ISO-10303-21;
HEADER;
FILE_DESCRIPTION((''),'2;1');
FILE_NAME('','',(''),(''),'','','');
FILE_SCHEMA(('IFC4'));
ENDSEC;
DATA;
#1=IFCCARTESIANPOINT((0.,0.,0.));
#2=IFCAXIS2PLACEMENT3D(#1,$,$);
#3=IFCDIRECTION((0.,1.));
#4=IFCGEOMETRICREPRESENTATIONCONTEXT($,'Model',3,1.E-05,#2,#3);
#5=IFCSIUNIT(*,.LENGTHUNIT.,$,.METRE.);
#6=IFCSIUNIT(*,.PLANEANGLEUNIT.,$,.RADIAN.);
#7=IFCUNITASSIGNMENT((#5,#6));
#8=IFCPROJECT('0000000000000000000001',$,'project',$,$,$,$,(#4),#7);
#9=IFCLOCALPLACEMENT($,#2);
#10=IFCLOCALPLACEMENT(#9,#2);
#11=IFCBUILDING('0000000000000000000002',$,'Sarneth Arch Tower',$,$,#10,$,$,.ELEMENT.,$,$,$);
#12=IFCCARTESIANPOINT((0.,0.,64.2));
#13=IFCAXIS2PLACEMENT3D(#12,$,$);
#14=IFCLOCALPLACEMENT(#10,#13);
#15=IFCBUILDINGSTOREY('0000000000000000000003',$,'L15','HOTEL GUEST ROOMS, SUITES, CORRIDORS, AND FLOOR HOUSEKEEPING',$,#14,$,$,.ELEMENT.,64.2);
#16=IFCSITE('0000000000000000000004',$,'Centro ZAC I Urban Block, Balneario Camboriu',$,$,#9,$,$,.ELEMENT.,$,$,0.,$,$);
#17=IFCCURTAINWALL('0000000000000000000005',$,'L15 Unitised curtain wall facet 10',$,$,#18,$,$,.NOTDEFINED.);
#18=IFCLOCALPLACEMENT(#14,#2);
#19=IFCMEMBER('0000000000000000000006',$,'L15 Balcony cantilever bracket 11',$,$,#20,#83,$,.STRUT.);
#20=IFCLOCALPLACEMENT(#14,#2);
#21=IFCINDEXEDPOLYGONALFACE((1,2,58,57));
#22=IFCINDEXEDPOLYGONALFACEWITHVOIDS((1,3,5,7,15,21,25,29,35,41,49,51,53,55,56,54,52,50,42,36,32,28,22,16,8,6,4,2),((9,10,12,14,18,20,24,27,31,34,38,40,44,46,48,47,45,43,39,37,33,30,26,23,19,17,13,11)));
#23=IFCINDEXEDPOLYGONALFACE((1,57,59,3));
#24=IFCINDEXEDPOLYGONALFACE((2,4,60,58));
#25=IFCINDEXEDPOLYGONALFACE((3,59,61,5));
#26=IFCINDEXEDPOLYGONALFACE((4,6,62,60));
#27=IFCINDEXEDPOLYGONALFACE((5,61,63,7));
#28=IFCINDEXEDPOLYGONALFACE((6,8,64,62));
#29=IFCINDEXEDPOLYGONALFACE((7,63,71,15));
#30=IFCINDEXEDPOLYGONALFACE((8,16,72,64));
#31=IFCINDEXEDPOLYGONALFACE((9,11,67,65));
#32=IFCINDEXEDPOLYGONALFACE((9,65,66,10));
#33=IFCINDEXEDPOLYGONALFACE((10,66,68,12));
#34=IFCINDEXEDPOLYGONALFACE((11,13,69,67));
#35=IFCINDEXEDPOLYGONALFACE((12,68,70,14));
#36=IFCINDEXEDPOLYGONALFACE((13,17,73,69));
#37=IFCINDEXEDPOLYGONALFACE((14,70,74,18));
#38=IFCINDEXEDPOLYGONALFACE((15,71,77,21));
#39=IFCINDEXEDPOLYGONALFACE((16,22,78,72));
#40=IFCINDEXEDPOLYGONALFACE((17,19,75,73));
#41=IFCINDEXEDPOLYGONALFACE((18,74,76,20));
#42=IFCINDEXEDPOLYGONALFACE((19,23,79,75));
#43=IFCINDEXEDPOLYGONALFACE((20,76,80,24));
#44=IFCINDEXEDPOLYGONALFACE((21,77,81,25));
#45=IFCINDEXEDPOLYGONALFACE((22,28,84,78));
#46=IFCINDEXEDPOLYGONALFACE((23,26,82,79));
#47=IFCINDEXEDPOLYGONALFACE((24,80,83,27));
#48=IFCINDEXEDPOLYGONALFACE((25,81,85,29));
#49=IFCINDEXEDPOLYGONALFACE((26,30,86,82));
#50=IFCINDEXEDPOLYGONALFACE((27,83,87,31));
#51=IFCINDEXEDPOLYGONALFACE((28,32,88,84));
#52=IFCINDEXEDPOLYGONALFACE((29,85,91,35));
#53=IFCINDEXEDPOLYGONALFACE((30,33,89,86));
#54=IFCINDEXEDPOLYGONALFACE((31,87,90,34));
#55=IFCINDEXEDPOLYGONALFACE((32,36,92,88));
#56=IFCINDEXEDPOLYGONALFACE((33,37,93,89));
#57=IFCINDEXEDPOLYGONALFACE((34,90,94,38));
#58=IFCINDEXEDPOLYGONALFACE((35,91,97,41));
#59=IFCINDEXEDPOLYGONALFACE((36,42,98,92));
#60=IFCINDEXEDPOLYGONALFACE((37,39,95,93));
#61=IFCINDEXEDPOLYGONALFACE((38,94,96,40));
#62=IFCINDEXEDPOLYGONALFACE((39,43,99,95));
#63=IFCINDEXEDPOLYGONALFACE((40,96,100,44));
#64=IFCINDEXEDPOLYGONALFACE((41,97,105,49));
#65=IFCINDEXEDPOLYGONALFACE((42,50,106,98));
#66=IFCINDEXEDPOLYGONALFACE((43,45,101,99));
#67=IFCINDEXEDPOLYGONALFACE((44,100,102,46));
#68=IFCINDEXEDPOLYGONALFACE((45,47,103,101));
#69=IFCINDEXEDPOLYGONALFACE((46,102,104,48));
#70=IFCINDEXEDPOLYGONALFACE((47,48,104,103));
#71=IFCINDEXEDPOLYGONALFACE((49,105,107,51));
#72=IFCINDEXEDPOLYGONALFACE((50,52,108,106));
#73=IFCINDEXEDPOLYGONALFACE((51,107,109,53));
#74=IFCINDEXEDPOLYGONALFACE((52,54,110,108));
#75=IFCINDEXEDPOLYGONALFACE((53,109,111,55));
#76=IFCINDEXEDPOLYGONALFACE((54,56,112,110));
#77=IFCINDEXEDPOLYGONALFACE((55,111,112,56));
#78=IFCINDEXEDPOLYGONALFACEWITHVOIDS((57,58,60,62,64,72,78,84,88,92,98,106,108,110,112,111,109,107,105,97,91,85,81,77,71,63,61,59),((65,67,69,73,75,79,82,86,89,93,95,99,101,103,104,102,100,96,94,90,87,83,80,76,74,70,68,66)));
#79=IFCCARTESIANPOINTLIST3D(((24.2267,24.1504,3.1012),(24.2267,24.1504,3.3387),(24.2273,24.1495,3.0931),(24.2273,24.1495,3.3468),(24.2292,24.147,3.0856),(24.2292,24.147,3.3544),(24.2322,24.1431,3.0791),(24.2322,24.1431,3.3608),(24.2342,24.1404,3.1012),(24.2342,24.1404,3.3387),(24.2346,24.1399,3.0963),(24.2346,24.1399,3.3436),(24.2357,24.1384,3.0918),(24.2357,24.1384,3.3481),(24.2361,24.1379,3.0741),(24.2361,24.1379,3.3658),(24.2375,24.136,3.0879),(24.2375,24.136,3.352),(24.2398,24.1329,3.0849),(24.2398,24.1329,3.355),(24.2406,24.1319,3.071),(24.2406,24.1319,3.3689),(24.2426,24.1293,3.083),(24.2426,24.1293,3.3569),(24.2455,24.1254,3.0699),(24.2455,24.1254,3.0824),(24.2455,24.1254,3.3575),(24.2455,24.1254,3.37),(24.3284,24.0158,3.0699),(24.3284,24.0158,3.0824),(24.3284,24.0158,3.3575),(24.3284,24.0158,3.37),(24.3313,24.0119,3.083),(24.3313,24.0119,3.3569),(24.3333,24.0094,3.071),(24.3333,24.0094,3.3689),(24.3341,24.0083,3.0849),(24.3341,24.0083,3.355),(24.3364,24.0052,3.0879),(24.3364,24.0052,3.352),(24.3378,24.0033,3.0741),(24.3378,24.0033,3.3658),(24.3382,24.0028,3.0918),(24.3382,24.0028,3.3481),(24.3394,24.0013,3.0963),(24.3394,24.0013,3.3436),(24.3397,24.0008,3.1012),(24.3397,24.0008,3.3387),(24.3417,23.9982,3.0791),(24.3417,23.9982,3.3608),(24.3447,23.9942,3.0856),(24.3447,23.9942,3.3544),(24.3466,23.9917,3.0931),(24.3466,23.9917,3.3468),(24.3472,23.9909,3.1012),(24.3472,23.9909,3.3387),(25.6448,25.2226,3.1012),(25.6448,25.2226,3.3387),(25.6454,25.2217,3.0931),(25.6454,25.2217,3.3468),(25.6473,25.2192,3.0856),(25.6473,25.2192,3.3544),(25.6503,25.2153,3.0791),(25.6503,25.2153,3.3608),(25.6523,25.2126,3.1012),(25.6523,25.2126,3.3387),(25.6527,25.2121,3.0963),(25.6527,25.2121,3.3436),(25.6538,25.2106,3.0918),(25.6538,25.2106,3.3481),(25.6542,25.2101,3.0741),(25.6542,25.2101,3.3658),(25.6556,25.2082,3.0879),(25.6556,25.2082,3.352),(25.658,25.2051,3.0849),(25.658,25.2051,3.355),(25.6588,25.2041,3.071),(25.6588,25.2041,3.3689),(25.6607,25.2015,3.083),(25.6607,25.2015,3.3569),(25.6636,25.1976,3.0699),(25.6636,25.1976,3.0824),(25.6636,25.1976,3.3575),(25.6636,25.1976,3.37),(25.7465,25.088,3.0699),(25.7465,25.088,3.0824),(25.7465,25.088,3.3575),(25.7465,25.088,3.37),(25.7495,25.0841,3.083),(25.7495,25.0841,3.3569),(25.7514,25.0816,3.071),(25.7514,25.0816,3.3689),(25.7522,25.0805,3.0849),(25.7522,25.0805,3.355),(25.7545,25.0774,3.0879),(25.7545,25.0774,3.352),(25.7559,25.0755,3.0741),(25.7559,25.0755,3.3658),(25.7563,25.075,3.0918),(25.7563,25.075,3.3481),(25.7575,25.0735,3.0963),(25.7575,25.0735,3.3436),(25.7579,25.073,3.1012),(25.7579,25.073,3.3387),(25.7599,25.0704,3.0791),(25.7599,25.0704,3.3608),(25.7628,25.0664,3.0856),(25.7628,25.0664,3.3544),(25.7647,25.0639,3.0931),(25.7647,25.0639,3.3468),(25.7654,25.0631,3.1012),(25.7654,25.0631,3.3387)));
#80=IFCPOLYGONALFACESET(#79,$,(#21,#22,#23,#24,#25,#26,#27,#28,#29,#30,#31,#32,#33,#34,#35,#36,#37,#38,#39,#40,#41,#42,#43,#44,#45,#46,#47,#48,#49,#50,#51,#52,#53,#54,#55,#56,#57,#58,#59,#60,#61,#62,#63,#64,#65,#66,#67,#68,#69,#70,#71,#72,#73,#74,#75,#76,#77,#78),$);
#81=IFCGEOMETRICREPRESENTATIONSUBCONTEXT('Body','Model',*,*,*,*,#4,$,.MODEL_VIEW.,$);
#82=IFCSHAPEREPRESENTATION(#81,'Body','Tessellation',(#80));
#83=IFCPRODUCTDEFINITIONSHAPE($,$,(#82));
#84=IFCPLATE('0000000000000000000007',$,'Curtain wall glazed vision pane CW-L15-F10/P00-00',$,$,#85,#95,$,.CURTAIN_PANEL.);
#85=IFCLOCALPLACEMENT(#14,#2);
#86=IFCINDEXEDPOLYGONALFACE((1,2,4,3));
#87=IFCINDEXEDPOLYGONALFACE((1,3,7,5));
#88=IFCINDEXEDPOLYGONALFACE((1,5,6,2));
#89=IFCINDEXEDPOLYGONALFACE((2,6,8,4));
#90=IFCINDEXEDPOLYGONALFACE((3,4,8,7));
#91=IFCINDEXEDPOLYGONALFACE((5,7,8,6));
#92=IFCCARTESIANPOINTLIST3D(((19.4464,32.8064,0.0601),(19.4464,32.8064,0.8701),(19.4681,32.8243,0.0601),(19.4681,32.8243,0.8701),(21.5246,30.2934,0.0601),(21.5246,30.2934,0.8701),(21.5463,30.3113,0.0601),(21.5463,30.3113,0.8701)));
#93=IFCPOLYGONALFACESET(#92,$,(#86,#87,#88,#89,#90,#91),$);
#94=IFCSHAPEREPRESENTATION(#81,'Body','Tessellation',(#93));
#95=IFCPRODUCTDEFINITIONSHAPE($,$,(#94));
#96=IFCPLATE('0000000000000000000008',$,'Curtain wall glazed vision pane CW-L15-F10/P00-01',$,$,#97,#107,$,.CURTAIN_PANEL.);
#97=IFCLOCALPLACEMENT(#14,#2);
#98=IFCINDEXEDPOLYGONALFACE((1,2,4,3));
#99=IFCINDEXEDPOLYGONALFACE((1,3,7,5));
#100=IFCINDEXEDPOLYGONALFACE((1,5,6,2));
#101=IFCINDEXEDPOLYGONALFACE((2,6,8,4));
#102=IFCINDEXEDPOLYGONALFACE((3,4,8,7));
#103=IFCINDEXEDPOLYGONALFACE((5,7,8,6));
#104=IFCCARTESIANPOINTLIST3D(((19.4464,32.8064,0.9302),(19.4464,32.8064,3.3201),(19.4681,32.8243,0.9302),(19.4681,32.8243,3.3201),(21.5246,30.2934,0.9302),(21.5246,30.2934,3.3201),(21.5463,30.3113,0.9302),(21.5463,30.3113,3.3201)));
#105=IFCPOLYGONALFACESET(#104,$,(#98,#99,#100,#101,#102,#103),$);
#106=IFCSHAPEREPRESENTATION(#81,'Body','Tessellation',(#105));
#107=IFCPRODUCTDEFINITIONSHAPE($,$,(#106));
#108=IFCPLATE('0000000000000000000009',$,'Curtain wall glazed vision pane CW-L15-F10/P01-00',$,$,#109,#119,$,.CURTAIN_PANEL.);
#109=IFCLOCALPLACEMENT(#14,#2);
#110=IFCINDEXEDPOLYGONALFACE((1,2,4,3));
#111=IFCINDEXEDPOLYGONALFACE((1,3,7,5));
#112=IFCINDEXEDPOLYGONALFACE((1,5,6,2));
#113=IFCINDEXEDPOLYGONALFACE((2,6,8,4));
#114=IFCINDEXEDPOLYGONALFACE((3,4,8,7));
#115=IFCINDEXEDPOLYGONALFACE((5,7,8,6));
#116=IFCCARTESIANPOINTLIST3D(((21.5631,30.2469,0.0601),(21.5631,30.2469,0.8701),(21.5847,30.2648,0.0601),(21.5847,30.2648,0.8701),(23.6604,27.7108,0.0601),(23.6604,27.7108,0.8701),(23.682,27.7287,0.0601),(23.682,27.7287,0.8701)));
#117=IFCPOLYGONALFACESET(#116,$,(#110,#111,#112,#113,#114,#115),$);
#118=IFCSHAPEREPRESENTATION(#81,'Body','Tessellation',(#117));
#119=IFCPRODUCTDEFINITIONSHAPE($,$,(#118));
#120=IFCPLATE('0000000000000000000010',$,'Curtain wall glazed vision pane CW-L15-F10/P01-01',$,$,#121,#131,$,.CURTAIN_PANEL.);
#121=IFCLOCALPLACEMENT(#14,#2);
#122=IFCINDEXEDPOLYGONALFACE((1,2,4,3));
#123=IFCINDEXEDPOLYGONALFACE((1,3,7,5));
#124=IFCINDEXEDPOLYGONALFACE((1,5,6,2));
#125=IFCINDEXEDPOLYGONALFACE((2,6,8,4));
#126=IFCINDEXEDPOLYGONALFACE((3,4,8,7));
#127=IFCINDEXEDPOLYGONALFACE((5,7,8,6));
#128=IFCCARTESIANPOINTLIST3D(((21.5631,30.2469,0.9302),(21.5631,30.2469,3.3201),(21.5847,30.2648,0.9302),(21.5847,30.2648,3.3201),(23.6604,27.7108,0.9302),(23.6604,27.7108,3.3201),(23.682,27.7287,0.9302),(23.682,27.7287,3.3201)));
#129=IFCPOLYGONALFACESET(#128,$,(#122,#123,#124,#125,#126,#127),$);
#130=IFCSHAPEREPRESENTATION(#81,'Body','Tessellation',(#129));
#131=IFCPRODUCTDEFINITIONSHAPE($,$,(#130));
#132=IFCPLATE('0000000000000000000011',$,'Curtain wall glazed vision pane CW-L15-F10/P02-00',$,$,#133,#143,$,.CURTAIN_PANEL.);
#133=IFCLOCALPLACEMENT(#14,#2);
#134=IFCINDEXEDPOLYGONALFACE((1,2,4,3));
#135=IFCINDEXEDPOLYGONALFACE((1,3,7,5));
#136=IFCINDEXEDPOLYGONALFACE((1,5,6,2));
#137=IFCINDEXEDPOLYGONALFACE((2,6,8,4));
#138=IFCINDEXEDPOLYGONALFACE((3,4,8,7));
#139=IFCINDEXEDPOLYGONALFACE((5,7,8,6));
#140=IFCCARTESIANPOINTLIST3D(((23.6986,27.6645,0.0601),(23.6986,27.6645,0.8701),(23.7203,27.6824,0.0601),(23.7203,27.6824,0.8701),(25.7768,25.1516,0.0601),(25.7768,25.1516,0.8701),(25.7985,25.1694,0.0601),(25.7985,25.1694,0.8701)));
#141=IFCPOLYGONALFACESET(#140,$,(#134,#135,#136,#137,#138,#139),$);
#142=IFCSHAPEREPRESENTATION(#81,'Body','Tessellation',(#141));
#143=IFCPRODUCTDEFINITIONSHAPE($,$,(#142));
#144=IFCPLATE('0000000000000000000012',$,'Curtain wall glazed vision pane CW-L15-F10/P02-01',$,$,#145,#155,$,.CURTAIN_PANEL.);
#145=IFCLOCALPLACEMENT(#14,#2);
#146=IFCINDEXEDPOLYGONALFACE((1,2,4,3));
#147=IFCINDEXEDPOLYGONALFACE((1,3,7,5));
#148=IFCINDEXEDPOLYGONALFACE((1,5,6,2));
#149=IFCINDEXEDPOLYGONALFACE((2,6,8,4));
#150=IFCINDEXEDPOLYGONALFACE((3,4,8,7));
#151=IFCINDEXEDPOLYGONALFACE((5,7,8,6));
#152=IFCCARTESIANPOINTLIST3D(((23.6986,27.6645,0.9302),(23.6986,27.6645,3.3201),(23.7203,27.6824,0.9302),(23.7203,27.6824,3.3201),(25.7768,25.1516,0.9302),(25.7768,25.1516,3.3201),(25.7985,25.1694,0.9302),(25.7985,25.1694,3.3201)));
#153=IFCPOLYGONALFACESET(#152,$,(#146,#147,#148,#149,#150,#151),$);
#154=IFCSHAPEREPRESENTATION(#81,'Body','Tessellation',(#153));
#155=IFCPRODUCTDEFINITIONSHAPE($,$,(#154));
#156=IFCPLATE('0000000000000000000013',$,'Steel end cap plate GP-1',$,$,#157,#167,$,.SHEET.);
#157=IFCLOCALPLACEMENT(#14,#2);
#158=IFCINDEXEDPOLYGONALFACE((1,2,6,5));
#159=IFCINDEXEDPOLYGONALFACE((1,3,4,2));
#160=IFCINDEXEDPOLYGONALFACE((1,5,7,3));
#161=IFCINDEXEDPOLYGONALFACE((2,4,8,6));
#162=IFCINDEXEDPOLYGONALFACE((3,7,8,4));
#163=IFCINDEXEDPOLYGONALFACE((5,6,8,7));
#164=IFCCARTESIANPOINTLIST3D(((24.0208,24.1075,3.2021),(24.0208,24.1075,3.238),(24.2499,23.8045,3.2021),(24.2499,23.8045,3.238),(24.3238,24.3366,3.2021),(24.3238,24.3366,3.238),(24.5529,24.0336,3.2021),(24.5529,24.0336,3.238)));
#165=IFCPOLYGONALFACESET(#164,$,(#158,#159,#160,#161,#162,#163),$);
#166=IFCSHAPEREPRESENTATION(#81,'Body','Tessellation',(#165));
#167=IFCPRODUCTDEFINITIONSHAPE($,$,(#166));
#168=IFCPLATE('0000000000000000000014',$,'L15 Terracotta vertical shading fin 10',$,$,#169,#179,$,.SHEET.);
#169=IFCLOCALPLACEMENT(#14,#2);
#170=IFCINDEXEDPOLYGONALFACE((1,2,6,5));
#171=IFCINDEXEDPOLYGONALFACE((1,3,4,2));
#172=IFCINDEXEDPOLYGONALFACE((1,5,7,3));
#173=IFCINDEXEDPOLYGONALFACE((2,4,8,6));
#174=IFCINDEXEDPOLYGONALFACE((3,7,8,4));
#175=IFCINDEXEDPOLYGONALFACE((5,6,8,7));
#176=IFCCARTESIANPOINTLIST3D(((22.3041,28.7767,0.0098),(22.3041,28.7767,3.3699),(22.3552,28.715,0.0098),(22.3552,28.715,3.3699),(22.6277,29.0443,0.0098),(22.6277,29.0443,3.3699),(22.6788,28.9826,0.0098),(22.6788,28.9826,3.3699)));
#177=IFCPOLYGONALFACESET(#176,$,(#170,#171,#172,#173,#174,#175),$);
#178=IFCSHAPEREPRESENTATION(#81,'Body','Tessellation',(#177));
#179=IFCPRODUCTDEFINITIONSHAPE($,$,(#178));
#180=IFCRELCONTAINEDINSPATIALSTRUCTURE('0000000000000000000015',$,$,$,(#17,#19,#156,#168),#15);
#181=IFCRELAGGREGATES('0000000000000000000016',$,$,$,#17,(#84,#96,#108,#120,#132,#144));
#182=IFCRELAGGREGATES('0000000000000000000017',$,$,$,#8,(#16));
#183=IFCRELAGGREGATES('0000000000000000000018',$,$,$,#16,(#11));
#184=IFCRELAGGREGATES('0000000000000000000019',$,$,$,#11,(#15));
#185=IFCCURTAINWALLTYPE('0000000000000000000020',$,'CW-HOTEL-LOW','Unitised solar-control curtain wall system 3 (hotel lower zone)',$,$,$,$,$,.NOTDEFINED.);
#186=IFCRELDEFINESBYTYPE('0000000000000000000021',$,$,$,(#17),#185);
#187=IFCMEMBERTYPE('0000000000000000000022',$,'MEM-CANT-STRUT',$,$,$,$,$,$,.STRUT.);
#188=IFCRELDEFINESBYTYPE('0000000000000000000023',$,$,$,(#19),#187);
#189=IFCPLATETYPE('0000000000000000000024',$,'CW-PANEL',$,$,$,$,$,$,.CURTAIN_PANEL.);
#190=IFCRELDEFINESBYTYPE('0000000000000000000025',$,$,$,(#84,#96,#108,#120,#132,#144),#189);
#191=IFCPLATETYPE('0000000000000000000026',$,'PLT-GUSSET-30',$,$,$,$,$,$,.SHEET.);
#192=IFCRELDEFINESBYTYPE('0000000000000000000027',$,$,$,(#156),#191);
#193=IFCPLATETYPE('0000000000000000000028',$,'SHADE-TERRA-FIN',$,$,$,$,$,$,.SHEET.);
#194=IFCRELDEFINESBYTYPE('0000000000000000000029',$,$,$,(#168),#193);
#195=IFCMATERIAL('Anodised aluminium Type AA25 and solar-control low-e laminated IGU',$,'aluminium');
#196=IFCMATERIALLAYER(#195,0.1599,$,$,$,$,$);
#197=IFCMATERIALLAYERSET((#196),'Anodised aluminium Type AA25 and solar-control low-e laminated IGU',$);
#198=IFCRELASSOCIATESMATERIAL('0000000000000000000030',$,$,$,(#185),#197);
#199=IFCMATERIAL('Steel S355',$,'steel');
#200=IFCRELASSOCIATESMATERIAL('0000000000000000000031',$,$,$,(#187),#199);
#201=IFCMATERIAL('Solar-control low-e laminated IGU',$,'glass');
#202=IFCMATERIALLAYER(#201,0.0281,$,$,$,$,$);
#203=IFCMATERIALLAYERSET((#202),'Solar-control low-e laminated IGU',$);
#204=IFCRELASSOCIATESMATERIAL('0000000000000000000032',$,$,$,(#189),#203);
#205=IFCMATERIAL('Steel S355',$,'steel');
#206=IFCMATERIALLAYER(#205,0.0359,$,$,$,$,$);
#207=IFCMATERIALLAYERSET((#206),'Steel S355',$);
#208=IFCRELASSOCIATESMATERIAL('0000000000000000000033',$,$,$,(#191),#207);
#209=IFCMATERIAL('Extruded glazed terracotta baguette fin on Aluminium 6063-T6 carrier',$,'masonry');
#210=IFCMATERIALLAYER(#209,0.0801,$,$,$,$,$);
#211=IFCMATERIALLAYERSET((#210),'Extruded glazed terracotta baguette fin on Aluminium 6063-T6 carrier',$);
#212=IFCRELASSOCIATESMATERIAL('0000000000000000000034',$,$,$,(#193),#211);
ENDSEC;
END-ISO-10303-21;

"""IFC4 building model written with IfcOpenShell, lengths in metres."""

from ifc_helpers import new_model, si_unit, direction, frame, origin, origin_2d, place, context, subcontext, project, spatial, rectangle, hollow_rectangle, extrude, material, layer, layer_set, material_profile, profile_set, type_object, element, aggregate, save


model = new_model("IFC4")

# Units and contexts
model_context = context("Model", 3, precision=1e-05, world=origin(), true_north=direction((0.0, 1.0)))
body_context = subcontext(model_context, "Body", "Model", "MODEL_VIEW")
ifc_project = project(units=[si_unit("LENGTHUNIT", "METRE"), si_unit("PLANEANGLEUNIT", "RADIAN")], contexts=[model_context])

# Site, building, storey
site_placement = place(None, origin())
site = spatial("IfcSite", under=ifc_project, at=site_placement, Name="Centro ZAC I Urban Block, Balneario Camboriu", CompositionType="ELEMENT", RefElevation=0.0)
building_placement = place(site_placement, origin())
building = spatial("IfcBuilding", under=site, at=building_placement, Name="Sarneth Arch Tower", CompositionType="ELEMENT")
storey_placement = place(building_placement, frame((0.0, 0.0, 64.2)))
storey = spatial("IfcBuildingStorey", under=building, at=storey_placement, Name="L15", Description="HOTEL GUEST ROOMS, SUITES, CORRIDORS, AND FLOOR HOUSEKEEPING", CompositionType="ELEMENT", Elevation=64.2)

# Curtain wall
ifc_material_1 = material(Name="Anodised aluminium Type AA25 and solar-control low-e laminated IGU", Category="aluminium")
ifc_layer_1 = layer(ifc_material_1, 0.1599)
ifc_layer_set_1 = layer_set([ifc_layer_1], Name="Anodised aluminium Type AA25 and solar-control low-e laminated IGU")
curtain_wall_type = type_object("IfcCurtainWallType", Name="CW-HOTEL-LOW", Description="Unitised solar-control curtain wall system 3 (hotel lower zone)", PredefinedType="NOTDEFINED", material=ifc_layer_set_1)
curtain_wall_placement = place(storey_placement, origin())
curtain_wall = element("IfcCurtainWall", 1, at=curtain_wall_placement, inside=storey, type_object=curtain_wall_type, Name="L15 Unitised curtain wall facet 10", PredefinedType="NOTDEFINED")

# Member
ifc_material_2 = material(Name="Steel S355", Category="steel")
ifc_material_profile_1 = material_profile(ifc_material_2, hollow_rectangle(XDim=0.2, YDim=0.3, WallThickness=0.0125, InnerFilletRadius=0.0188, OuterFilletRadius=0.0312, at=origin_2d()), Name="RHS300x200x12.5")
ifc_profile_set_1 = profile_set([ifc_material_profile_1], Name="Steel S355")
member_type_1 = type_object("IfcMemberType", Name="MEM-CANT-STRUT", PredefinedType="STRUT", material=ifc_profile_set_1)
member_1_placement = place(storey_placement, frame((25.7051, 25.1428, 3.22), z_axis=(-0.797671, -0.603093, 0.0), x_axis=(0.603093, -0.797671, 0.0)))
element("IfcMember", 2, at=member_1_placement, inside=storey, type_object=member_type_1, Name="L15 Balcony cantilever bracket 11", PredefinedType="STRUT", context=body_context, shape_type="SweptSolid", body=[
    extrude(hollow_rectangle(XDim=0.2, YDim=0.3, WallThickness=0.0125, InnerFilletRadius=0.0188, OuterFilletRadius=0.0312, at=origin_2d()), origin(), (0.0, 0.0, 1.0), 1.7778),
])

# Plates
ifc_material_3 = material(Name="Solar-control low-e laminated IGU", Category="glass")
ifc_layer_2 = layer(ifc_material_3, 0.0281)
ifc_layer_set_2 = layer_set([ifc_layer_2], Name="Solar-control low-e laminated IGU")
plate_type_1 = type_object("IfcPlateType", Name="CW-PANEL", PredefinedType="CURTAIN_PANEL", material=ifc_layer_set_2)
plate_1_placement = place(storey_placement, frame((20.4963, 31.5588, 0.0601), z_axis=(0.0, 0.0, 1.0), x_axis=(0.637291, -0.770623, 0.0)))
plate_1 = element("IfcPlate", 3, at=plate_1_placement, type_object=plate_type_1, Name="Curtain wall glazed vision pane CW-L15-F10/P00-00", PredefinedType="CURTAIN_PANEL", context=body_context, shape_type="SweptSolid", body=[
    extrude(rectangle(XDim=3.261, YDim=0.0281, at=origin_2d()), origin(), (0.0, 0.0, 1.0), 0.8101),
])
plate_2_placement = place(storey_placement, frame((20.4963, 31.5588, 0.9302), z_axis=(0.0, 0.0, 1.0), x_axis=(0.637291, -0.770623, 0.0)))
plate_2 = element("IfcPlate", 4, at=plate_2_placement, type_object=plate_type_1, Name="Curtain wall glazed vision pane CW-L15-F10/P00-01", PredefinedType="CURTAIN_PANEL", context=body_context, shape_type="SweptSolid", body=[
    extrude(rectangle(XDim=3.261, YDim=0.0281, at=origin_2d()), origin(), (0.0, 0.0, 1.0), 2.3899),
])
plate_3_placement = place(storey_placement, frame((22.6226, 28.9878, 0.0601), z_axis=(0.0, 0.0, 1.0), x_axis=(0.637291, -0.770623, 0.0)))
plate_3 = element("IfcPlate", 5, at=plate_3_placement, type_object=plate_type_1, Name="Curtain wall glazed vision pane CW-L15-F10/P01-00", PredefinedType="CURTAIN_PANEL", context=body_context, shape_type="SweptSolid", body=[
    extrude(rectangle(XDim=3.291, YDim=0.0281, at=origin_2d()), origin(), (0.0, 0.0, 1.0), 0.8101),
])
plate_4_placement = place(storey_placement, frame((22.6226, 28.9878, 0.9302), z_axis=(0.0, 0.0, 1.0), x_axis=(0.637291, -0.770623, 0.0)))
plate_4 = element("IfcPlate", 6, at=plate_4_placement, type_object=plate_type_1, Name="Curtain wall glazed vision pane CW-L15-F10/P01-01", PredefinedType="CURTAIN_PANEL", context=body_context, shape_type="SweptSolid", body=[
    extrude(rectangle(XDim=3.291, YDim=0.0281, at=origin_2d()), origin(), (0.0, 0.0, 1.0), 2.3899),
])
plate_5_placement = place(storey_placement, frame((24.7485, 26.417, 0.0601), z_axis=(0.0, 0.0, 1.0), x_axis=(0.637291, -0.770623, 0.0)))
plate_5 = element("IfcPlate", 7, at=plate_5_placement, type_object=plate_type_1, Name="Curtain wall glazed vision pane CW-L15-F10/P02-00", PredefinedType="CURTAIN_PANEL", context=body_context, shape_type="SweptSolid", body=[
    extrude(rectangle(XDim=3.261, YDim=0.0281, at=origin_2d()), origin(), (0.0, 0.0, 1.0), 0.8101),
])
plate_6_placement = place(storey_placement, frame((24.7485, 26.417, 0.9302), z_axis=(0.0, 0.0, 1.0), x_axis=(0.637291, -0.770623, 0.0)))
plate_6 = element("IfcPlate", 8, at=plate_6_placement, type_object=plate_type_1, Name="Curtain wall glazed vision pane CW-L15-F10/P02-01", PredefinedType="CURTAIN_PANEL", context=body_context, shape_type="SweptSolid", body=[
    extrude(rectangle(XDim=3.261, YDim=0.0281, at=origin_2d()), origin(), (0.0, 0.0, 1.0), 2.3899),
])
aggregate(curtain_wall, [plate_1, plate_2, plate_3, plate_4, plate_5, plate_6])

# Plates
ifc_material_4 = material(Name="Steel S355", Category="steel")
ifc_layer_3 = layer(ifc_material_4, 0.0359)
ifc_layer_set_3 = layer_set([ifc_layer_3], Name="Steel S355")
plate_type_2 = type_object("IfcPlateType", Name="PLT-GUSSET-30", PredefinedType="SHEET", material=ifc_layer_set_3)
plate_7_placement = place(storey_placement, frame((24.2869, 24.0706, 3.2021), z_axis=(0.0, 0.0, 1.0), x_axis=(-0.797689, -0.603069, 0.0)))
element("IfcPlate", 9, at=plate_7_placement, inside=storey, type_object=plate_type_2, Name="Steel end cap plate GP-1", PredefinedType="SHEET", context=body_context, shape_type="SweptSolid", body=[
    extrude(rectangle(XDim=0.3799, YDim=0.3799, at=origin_2d()), origin(), (0.0, 0.0, 1.0), 0.0359),
])
ifc_material_5 = material(Name="Extruded glazed terracotta baguette fin on Aluminium 6063-T6 carrier", Category="masonry")
ifc_layer_4 = layer(ifc_material_5, 0.0801)
ifc_layer_set_4 = layer_set([ifc_layer_4], Name="Extruded glazed terracotta baguette fin on Aluminium 6063-T6 carrier")
plate_type_3 = type_object("IfcPlateType", Name="SHADE-TERRA-FIN", PredefinedType="SHEET", material=ifc_layer_set_4)
plate_8_placement = place(storey_placement, frame((22.4915, 28.8796, 0.0098), z_axis=(0.0, 0.0, 1.0), x_axis=(-0.770624, -0.63729, 0.0)))
element("IfcPlate", 10, at=plate_8_placement, inside=storey, type_object=plate_type_3, Name="L15 Terracotta vertical shading fin 10", PredefinedType="SHEET", context=body_context, shape_type="SweptSolid", body=[
    extrude(rectangle(XDim=0.4199, YDim=0.0801, at=origin_2d()), origin(), (0.0, 0.0, 1.0), 3.3601),
])

save(model, "model.ifc")
